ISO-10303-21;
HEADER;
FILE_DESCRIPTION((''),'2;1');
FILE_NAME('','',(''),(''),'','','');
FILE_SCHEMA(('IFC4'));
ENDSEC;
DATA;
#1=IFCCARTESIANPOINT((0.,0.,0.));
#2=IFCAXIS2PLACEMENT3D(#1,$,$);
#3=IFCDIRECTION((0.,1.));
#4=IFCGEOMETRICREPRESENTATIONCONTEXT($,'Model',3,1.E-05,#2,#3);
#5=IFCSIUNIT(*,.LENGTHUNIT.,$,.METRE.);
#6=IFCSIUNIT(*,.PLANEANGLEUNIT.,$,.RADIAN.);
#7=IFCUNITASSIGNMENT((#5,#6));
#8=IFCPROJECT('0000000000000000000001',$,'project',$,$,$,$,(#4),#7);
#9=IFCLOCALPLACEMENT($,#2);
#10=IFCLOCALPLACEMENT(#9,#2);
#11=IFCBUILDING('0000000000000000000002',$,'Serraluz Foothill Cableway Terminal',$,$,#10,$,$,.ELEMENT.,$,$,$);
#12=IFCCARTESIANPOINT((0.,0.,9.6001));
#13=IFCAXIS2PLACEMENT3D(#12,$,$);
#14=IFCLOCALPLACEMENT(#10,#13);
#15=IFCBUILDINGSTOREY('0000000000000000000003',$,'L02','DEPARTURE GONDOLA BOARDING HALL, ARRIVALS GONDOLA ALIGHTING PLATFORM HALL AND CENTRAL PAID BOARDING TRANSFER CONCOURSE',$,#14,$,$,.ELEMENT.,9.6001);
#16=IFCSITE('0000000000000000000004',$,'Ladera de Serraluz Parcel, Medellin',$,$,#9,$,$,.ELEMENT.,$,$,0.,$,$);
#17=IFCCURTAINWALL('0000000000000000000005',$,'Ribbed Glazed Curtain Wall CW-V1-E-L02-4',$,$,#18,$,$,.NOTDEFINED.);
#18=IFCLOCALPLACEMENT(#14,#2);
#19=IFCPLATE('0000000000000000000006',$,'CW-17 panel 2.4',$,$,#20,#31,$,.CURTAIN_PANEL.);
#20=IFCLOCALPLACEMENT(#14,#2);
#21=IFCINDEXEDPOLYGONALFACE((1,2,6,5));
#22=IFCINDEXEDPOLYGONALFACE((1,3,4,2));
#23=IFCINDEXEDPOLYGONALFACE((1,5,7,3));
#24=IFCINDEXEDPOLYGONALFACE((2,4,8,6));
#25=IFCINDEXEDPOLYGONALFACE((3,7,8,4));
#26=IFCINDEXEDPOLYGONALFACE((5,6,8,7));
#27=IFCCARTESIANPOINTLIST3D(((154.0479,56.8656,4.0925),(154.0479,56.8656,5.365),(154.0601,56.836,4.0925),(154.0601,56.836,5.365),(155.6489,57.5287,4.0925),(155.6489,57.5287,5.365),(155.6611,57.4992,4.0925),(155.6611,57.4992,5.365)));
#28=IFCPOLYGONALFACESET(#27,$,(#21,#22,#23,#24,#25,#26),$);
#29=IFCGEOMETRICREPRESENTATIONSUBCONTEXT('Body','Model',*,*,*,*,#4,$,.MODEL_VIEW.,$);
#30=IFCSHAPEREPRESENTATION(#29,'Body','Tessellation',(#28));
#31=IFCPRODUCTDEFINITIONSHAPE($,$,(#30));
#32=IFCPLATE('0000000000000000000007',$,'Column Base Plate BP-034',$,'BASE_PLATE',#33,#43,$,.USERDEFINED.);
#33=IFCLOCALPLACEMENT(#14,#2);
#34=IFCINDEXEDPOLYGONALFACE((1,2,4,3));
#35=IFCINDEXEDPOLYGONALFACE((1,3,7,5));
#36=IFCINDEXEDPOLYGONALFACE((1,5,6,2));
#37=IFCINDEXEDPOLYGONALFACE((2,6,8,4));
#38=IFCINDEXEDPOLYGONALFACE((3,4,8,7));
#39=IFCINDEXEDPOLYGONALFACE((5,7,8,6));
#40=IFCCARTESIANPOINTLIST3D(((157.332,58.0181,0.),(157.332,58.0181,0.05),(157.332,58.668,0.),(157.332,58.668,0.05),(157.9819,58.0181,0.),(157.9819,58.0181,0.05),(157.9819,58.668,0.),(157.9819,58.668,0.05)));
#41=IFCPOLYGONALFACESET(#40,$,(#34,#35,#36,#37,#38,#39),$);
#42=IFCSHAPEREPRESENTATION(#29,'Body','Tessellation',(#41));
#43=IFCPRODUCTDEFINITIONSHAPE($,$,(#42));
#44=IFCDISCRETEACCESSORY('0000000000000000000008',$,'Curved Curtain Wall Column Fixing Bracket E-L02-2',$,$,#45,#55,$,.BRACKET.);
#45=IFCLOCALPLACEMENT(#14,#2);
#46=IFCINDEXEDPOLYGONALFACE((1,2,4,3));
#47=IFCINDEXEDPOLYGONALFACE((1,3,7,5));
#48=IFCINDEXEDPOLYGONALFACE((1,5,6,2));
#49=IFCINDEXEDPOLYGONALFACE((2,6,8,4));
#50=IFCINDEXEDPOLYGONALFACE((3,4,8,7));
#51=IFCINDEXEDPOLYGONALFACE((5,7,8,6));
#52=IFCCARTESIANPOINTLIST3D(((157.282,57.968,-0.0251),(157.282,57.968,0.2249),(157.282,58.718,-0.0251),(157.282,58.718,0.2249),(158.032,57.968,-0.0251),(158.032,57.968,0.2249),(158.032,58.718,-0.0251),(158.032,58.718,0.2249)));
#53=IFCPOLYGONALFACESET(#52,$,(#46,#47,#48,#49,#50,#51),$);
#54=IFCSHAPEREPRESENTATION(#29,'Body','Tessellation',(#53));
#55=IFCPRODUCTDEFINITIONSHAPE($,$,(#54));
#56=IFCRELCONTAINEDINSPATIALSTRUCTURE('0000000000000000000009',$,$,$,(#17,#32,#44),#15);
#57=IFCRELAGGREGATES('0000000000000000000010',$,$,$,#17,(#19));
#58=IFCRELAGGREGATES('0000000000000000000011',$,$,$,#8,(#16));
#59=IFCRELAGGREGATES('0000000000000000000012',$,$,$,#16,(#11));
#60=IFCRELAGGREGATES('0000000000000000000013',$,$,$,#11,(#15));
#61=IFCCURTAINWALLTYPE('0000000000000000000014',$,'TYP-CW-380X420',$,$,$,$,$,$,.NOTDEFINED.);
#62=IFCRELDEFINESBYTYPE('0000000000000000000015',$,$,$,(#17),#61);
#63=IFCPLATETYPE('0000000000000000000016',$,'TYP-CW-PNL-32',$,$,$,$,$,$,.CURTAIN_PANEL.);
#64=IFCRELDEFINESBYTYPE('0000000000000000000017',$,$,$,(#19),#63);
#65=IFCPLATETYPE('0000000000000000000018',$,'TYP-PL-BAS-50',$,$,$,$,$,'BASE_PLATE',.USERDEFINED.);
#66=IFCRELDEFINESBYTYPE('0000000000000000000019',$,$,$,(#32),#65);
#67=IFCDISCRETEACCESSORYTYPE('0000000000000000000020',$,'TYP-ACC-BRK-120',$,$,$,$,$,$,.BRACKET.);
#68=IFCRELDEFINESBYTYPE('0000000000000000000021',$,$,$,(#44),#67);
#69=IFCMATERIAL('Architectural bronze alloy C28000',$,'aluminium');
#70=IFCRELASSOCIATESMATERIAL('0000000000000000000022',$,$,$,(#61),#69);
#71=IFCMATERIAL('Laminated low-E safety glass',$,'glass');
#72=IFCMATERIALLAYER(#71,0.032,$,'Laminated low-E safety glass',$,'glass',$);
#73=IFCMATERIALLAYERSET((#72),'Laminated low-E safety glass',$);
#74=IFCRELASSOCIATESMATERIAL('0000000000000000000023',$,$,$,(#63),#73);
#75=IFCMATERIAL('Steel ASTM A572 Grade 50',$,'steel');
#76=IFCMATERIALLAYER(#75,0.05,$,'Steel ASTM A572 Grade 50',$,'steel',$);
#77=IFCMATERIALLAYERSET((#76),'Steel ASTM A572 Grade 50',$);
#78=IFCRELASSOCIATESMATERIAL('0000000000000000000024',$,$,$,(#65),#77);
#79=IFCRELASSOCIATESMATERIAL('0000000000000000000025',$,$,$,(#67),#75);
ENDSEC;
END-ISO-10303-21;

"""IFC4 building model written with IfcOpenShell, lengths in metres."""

from ifc_helpers import new_model, si_unit, direction, frame, origin, origin_2d, place, context, subcontext, project, spatial, rectangle, extrude, material, layer, layer_set, type_object, element, aggregate, save


model = new_model("IFC4")

# Units and contexts
model_context = context("Model", 3, precision=1e-05, world=origin(), true_north=direction((0.0, 1.0)))
body_context = subcontext(model_context, "Body", "Model", "MODEL_VIEW")
ifc_project = project(units=[si_unit("LENGTHUNIT", "METRE"), si_unit("PLANEANGLEUNIT", "RADIAN")], contexts=[model_context])

# Site, building, storey
site_placement = place(None, origin())
site = spatial("IfcSite", under=ifc_project, at=site_placement, Name="Ladera de Serraluz Parcel, Medellin", CompositionType="ELEMENT", RefElevation=0.0)
building_placement = place(site_placement, origin())
building = spatial("IfcBuilding", under=site, at=building_placement, Name="Serraluz Foothill Cableway Terminal", CompositionType="ELEMENT")
storey_placement = place(building_placement, frame((0.0, 0.0, 9.6001)))
storey = spatial("IfcBuildingStorey", under=building, at=storey_placement, Name="L02", Description="DEPARTURE GONDOLA BOARDING HALL, ARRIVALS GONDOLA ALIGHTING PLATFORM HALL AND CENTRAL PAID BOARDING TRANSFER CONCOURSE", CompositionType="ELEMENT", Elevation=9.6001)

# Shared definitions
ifc_material_1 = material(Name="Steel ASTM A572 Grade 50", Category="steel")

# Shared definitions
ifc_material_2 = material(Name="Architectural bronze alloy C28000", Category="aluminium")

# Curtain wall
curtain_wall_type_1 = type_object("IfcCurtainWallType", Name="TYP-CW-380X420", PredefinedType="NOTDEFINED", material=ifc_material_2)
curtain_wall_1_placement = place(storey_placement, origin())
curtain_wall_1 = element("IfcCurtainWall", 1, at=curtain_wall_1_placement, inside=storey, type_object=curtain_wall_type_1, Name="Ribbed Glazed Curtain Wall CW-V1-E-L02-4", PredefinedType="NOTDEFINED")

# Plates
ifc_material_3 = material(Name="Laminated low-E safety glass", Category="glass")
ifc_layer_1 = layer(ifc_material_3, 0.032, Name="Laminated low-E safety glass", Category="glass")
ifc_layer_set_1 = layer_set([ifc_layer_1], Name="Laminated low-E safety glass")
plate_type_1 = type_object("IfcPlateType", Name="TYP-CW-PNL-32", PredefinedType="CURTAIN_PANEL", material=ifc_layer_set_1)
plate_1_placement = place(storey_placement, frame((154.8545, 57.1824, 4.0925), z_axis=(0.0, 0.0, 1.0), x_axis=(-0.92388, -0.382682, 0.0)))
plate_1 = element("IfcPlate", 2, at=plate_1_placement, type_object=plate_type_1, Name="CW-17 panel 2.4", PredefinedType="CURTAIN_PANEL", context=body_context, shape_type="SweptSolid", body=[
    extrude(rectangle(XDim=1.7329, YDim=0.032, at=origin_2d()), origin(), (0.0, 0.0, 1.0), 1.2725),
])
aggregate(curtain_wall_1, [plate_1])
ifc_layer_2 = layer(ifc_material_1, 0.05, Name="Steel ASTM A572 Grade 50", Category="steel")
ifc_layer_set_2 = layer_set([ifc_layer_2], Name="Steel ASTM A572 Grade 50")
plate_type_2 = type_object("IfcPlateType", Name="TYP-PL-BAS-50", ElementType="BASE_PLATE", PredefinedType="USERDEFINED", material=ifc_layer_set_2)
plate_2_placement = place(storey_placement, frame((157.657, 58.343, 0.0), z_axis=(0.0, 0.0, 1.0), x_axis=(1.0, 0.0, 0.0)))
element("IfcPlate", 3, at=plate_2_placement, inside=storey, type_object=plate_type_2, Name="Column Base Plate BP-034", ObjectType="BASE_PLATE", PredefinedType="USERDEFINED", context=body_context, shape_type="SweptSolid", body=[
    extrude(rectangle(XDim=0.6499, YDim=0.6499, at=origin_2d()), origin(), (0.0, 0.0, 1.0), 0.05),
])

# Discrete accessory
discrete_accessory_type = type_object("IfcDiscreteAccessoryType", Name="TYP-ACC-BRK-120", PredefinedType="BRACKET", material=ifc_material_1)
discrete_accessory_placement = place(storey_placement, frame((157.657, 58.343, -0.0251), z_axis=(0.0, 0.0, 1.0), x_axis=(1.0, 0.0, 0.0)))
element("IfcDiscreteAccessory", 4, at=discrete_accessory_placement, inside=storey, type_object=discrete_accessory_type, Name="Curved Curtain Wall Column Fixing Bracket E-L02-2", PredefinedType="BRACKET", context=body_context, shape_type="SweptSolid", body=[
    extrude(rectangle(XDim=0.75, YDim=0.75, at=origin_2d()), origin(), (0.0, 0.0, 1.0), 0.25),
])

save(model, "model.ifc")
